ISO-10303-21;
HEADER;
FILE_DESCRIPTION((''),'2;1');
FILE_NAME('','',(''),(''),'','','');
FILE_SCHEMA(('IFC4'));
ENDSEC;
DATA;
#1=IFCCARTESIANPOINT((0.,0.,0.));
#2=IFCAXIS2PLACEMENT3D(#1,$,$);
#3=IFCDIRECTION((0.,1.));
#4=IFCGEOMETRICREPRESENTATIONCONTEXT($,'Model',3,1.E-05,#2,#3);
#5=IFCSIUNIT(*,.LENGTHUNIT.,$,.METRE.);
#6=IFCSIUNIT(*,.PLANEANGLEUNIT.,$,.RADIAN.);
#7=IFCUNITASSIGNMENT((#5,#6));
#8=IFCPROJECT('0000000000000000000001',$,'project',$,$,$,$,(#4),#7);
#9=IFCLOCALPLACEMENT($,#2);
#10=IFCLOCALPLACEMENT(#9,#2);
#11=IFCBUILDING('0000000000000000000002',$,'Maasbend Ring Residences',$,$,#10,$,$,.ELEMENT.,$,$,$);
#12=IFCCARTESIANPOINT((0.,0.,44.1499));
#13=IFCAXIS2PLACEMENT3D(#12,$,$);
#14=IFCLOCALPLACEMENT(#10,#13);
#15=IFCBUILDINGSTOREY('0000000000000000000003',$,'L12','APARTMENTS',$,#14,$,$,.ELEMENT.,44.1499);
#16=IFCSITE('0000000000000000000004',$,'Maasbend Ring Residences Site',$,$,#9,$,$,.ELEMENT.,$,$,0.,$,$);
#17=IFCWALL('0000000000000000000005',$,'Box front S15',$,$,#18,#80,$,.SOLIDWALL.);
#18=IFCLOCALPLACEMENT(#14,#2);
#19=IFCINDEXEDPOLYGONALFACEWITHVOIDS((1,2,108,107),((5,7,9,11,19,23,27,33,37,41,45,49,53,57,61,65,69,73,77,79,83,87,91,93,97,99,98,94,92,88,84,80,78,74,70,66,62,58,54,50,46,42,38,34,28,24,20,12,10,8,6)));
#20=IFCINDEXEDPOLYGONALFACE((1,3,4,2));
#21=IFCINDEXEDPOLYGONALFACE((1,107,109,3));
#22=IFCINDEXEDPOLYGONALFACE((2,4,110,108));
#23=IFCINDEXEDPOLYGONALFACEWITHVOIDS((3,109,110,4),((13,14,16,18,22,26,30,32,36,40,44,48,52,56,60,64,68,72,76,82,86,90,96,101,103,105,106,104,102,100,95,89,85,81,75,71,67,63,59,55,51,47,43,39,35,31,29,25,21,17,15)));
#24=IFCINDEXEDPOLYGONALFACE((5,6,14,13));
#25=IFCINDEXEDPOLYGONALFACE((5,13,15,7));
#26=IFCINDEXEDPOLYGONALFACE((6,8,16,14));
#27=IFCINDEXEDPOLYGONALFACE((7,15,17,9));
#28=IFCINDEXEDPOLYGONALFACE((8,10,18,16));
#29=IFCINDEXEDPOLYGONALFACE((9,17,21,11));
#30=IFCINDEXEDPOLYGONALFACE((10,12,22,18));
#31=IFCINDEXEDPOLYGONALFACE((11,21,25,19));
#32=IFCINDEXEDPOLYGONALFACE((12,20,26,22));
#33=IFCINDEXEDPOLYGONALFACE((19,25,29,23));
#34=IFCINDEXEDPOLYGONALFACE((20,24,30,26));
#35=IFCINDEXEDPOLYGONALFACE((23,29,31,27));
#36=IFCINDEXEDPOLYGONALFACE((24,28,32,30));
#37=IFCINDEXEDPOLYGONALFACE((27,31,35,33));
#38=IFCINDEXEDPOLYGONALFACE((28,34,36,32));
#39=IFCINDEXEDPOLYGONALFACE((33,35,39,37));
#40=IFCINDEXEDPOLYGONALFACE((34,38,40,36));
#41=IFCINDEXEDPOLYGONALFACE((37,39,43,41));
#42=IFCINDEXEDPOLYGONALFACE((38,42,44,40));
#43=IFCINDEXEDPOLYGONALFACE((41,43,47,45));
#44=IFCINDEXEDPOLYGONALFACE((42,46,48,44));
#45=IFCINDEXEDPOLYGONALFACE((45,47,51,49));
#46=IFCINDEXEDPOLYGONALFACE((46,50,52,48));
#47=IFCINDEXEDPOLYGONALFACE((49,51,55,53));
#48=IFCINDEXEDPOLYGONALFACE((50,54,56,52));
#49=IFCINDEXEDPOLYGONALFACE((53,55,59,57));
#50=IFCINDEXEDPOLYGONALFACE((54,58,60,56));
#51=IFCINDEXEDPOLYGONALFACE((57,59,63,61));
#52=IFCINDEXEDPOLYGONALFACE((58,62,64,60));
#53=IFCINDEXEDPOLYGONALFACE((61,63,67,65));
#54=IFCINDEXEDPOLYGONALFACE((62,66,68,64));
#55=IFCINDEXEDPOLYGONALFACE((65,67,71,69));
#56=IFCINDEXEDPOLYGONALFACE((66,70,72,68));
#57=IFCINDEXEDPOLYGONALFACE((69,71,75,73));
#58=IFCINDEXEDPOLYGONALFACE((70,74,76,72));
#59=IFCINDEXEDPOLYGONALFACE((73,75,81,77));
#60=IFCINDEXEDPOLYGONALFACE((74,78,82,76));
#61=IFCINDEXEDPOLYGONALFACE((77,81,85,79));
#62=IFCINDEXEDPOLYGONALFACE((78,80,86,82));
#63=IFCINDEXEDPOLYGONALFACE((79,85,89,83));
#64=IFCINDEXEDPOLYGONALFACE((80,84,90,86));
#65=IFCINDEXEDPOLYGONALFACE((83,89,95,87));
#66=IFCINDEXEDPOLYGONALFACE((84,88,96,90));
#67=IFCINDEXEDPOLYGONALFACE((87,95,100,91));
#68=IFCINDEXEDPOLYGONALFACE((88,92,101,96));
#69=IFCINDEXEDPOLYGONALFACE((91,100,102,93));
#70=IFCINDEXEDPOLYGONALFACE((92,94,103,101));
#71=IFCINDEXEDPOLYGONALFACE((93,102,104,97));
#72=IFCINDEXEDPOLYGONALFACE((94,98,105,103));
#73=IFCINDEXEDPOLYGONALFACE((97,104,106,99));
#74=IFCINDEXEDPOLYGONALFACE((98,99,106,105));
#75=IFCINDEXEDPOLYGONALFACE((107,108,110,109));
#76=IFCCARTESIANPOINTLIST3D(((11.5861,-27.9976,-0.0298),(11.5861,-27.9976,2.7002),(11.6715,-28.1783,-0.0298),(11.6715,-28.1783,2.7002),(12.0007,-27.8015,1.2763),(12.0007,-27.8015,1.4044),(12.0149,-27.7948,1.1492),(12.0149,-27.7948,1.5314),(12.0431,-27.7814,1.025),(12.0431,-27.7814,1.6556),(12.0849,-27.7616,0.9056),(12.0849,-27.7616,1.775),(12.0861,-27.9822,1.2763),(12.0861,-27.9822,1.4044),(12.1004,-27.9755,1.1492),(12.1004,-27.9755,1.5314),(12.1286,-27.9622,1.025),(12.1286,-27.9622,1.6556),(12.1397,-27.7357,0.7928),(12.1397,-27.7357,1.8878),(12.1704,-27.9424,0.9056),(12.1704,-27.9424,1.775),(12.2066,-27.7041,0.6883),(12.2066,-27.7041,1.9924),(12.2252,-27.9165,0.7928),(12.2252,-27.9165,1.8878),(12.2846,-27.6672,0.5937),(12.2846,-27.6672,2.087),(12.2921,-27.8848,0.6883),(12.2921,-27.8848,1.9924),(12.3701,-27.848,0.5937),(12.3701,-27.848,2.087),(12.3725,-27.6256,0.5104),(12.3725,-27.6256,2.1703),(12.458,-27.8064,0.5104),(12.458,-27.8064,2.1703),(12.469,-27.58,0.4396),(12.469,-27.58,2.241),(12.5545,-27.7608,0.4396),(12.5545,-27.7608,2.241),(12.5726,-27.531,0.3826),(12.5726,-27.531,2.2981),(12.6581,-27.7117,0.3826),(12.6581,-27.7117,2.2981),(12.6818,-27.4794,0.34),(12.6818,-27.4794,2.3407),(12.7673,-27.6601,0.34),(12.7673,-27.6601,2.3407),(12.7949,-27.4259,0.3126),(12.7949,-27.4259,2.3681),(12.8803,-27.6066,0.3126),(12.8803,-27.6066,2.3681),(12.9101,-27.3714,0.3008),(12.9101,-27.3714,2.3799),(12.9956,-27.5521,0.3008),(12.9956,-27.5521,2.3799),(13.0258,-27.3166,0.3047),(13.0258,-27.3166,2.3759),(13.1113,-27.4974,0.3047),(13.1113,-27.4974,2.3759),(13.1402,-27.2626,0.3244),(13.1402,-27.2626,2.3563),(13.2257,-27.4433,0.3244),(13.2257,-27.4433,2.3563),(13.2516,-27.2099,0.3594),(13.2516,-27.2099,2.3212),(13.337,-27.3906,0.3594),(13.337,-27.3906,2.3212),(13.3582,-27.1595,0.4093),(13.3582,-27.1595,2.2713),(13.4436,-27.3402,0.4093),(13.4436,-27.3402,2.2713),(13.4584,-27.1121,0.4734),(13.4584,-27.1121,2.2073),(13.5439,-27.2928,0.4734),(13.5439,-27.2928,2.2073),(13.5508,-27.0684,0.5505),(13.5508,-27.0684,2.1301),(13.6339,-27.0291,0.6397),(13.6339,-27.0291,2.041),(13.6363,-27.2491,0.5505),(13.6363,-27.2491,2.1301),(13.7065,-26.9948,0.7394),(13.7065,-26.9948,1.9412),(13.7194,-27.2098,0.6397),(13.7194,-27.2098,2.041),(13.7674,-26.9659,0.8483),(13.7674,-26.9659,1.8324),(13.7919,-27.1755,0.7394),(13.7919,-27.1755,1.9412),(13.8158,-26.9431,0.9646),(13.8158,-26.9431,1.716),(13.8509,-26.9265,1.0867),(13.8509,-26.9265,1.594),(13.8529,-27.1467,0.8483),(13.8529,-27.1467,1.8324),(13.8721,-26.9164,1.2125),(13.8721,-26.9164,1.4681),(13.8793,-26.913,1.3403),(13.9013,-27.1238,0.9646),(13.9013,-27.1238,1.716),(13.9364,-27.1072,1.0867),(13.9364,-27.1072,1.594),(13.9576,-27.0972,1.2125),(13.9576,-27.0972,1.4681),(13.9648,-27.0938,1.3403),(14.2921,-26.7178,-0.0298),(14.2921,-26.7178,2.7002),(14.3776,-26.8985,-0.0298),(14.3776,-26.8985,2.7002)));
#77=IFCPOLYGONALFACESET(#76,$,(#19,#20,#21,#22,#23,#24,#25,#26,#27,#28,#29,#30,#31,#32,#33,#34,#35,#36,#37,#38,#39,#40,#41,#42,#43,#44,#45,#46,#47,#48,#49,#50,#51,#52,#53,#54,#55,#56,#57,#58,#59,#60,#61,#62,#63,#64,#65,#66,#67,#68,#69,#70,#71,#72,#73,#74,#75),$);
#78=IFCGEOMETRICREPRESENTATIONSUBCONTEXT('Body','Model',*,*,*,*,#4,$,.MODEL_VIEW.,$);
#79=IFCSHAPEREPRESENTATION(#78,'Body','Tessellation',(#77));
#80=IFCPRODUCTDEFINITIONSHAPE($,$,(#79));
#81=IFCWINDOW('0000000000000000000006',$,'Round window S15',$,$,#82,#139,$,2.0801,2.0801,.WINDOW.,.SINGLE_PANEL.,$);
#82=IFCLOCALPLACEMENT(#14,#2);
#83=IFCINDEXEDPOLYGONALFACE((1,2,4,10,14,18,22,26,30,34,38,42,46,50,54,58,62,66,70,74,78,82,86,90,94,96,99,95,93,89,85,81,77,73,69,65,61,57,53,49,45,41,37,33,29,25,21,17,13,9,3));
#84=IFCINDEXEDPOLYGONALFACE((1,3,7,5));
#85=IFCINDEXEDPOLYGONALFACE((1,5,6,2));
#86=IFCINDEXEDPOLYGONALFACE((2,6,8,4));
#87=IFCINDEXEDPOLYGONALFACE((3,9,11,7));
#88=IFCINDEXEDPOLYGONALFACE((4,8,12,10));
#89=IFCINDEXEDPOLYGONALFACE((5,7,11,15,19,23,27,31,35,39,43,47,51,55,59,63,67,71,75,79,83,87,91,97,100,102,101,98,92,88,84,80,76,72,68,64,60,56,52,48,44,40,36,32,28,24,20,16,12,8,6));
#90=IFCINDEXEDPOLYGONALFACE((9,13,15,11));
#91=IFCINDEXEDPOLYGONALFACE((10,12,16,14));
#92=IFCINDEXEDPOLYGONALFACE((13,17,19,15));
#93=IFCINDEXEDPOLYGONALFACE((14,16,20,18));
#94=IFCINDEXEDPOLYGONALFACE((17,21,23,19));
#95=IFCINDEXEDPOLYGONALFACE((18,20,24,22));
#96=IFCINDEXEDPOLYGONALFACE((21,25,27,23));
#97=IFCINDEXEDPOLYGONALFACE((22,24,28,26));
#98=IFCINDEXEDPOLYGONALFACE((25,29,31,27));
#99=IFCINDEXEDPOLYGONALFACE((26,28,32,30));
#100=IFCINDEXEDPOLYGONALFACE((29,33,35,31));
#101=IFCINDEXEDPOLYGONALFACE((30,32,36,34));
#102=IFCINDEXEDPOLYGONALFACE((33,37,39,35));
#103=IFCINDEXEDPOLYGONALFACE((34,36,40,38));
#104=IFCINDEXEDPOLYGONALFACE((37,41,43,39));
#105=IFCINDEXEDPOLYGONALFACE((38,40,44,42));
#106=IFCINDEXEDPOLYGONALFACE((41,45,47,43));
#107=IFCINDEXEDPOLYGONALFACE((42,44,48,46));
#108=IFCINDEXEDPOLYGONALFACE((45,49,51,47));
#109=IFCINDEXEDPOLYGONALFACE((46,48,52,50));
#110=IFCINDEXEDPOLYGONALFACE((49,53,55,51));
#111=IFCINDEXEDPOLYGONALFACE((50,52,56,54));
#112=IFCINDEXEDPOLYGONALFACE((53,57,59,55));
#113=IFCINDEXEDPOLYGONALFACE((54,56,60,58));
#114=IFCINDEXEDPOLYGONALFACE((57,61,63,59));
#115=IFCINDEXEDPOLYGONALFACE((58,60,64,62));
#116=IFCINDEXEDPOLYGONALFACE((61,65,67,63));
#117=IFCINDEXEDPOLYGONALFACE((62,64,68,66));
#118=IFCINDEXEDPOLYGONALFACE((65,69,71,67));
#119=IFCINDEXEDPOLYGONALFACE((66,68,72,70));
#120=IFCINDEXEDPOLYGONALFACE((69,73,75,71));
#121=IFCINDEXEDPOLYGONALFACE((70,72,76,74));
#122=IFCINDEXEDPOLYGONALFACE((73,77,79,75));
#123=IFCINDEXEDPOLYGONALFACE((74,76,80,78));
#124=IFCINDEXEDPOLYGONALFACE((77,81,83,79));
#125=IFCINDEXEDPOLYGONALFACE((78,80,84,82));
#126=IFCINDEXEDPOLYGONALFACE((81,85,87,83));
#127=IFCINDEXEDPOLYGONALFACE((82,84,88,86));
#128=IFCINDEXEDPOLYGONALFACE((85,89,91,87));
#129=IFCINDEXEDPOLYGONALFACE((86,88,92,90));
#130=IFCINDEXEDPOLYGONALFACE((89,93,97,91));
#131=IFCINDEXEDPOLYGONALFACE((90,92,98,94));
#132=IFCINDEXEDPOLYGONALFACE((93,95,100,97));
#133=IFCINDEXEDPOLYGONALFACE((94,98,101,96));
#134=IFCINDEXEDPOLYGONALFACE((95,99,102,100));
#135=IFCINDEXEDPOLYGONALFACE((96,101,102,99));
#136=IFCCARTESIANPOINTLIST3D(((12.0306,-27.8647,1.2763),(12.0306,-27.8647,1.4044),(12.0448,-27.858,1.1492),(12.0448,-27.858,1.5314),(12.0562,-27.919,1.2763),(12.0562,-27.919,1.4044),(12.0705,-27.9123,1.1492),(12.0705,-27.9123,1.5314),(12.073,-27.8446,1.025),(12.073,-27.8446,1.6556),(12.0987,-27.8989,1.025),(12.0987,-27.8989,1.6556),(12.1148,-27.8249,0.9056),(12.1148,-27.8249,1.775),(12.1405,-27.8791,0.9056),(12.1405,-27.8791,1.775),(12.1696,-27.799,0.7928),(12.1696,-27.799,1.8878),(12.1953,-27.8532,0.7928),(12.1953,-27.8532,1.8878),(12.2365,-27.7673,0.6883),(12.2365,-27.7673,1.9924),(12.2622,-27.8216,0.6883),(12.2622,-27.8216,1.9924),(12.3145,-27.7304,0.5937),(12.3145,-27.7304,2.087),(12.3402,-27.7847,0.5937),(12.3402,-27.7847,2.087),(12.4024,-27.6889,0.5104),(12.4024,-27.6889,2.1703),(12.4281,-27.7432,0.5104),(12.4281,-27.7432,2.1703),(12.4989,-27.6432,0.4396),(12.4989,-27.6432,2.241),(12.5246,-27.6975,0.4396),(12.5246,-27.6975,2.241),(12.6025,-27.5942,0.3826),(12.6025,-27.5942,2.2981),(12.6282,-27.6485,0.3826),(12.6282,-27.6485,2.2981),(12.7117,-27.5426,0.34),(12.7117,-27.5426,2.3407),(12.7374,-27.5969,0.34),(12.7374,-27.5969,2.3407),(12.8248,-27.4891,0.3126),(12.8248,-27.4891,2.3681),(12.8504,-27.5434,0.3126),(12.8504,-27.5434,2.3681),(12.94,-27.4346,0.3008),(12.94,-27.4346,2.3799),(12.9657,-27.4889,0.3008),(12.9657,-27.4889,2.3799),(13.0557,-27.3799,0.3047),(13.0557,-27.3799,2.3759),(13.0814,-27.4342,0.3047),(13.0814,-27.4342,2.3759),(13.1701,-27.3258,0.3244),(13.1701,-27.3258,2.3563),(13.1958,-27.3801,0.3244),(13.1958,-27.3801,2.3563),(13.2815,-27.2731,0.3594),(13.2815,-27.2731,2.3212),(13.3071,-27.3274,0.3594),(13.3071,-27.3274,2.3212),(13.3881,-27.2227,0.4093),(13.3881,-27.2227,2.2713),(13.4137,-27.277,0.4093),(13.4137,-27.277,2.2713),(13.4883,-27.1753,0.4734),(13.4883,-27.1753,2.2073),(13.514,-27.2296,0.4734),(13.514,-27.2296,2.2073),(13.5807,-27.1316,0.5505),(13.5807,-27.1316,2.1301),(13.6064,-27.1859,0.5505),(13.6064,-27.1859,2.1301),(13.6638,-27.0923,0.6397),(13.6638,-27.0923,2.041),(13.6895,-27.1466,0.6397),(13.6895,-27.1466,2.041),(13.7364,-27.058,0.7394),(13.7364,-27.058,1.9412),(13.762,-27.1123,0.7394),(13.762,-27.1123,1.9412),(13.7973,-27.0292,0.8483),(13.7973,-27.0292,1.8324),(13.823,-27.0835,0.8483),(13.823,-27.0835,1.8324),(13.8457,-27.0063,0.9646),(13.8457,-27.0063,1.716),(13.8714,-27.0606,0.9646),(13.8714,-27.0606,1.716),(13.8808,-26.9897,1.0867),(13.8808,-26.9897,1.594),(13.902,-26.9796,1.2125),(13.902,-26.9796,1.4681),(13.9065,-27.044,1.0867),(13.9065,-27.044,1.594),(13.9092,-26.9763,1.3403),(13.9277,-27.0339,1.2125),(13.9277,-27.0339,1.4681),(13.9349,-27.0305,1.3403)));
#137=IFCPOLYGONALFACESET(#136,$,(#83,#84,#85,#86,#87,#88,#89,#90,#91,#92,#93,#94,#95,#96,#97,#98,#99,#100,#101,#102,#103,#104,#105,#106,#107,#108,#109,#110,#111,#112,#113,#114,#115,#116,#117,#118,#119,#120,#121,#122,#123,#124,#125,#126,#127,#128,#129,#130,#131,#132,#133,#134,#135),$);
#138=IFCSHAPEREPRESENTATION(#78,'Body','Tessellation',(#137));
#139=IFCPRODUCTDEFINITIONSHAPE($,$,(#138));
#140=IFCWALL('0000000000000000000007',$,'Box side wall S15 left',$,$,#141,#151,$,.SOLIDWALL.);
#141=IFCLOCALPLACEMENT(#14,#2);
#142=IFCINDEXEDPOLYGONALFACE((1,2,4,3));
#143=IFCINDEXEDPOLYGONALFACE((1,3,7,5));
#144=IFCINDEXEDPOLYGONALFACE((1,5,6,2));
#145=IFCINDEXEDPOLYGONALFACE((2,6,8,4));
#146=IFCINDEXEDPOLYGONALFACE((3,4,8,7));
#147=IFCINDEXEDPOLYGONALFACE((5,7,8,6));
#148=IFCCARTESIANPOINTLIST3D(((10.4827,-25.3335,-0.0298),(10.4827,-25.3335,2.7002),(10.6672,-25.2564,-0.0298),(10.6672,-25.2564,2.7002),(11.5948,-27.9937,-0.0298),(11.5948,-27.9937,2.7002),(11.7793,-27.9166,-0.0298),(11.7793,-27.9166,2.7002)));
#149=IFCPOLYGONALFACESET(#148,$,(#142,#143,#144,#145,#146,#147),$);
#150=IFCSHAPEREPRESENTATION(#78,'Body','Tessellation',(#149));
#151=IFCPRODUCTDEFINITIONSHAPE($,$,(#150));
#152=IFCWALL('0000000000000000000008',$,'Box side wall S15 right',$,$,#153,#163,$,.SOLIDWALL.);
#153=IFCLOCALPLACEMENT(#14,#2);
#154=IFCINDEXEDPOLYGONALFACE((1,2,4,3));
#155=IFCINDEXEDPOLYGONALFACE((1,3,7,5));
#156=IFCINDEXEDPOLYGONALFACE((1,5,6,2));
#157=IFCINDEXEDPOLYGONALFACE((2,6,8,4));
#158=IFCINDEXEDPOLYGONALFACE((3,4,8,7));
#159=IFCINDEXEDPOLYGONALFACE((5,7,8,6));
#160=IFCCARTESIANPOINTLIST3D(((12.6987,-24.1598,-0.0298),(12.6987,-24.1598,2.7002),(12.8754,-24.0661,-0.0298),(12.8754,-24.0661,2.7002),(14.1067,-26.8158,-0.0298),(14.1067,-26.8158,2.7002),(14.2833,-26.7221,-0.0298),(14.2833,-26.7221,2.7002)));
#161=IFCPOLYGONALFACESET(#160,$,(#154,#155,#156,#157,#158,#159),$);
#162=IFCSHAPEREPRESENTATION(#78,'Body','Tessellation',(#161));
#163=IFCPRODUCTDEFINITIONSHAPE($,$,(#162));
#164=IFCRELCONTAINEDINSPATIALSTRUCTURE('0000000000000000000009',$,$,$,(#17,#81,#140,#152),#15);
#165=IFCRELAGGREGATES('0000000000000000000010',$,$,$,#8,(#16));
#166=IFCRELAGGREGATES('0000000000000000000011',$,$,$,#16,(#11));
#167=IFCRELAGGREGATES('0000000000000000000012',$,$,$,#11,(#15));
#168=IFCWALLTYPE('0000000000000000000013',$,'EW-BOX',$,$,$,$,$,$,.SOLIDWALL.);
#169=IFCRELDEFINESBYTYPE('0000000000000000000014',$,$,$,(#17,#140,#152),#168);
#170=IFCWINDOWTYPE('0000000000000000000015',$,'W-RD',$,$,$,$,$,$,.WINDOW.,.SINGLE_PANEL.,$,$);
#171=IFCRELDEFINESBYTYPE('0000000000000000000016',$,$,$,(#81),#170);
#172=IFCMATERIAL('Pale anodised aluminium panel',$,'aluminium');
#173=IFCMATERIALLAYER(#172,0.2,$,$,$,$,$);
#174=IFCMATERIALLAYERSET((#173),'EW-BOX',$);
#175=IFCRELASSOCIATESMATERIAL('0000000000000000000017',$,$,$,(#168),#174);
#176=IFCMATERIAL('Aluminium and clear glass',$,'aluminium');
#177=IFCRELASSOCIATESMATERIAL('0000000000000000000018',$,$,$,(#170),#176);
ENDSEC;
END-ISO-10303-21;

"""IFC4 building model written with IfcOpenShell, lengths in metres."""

from ifc_helpers import new_model, si_unit, direction, frame, frame_2d, origin, place, context, subcontext, project, spatial, rectangle, circle, extrude, material, layer, layer_set, type_object, element, fill, save


model = new_model("IFC4")

# Units and contexts
model_context = context("Model", 3, precision=1e-05, world=origin(), true_north=direction((0.0, 1.0)))
body_context = subcontext(model_context, "Body", "Model", "MODEL_VIEW")
ifc_project = project(units=[si_unit("LENGTHUNIT", "METRE"), si_unit("PLANEANGLEUNIT", "RADIAN")], contexts=[model_context])

# Site, building, storey
site_placement = place(None, origin())
site = spatial("IfcSite", under=ifc_project, at=site_placement, Name="Maasbend Ring Residences Site", CompositionType="ELEMENT", RefElevation=0.0)
building_placement = place(site_placement, origin())
building = spatial("IfcBuilding", under=site, at=building_placement, Name="Maasbend Ring Residences", CompositionType="ELEMENT")
storey_placement = place(building_placement, frame((0.0, 0.0, 44.1499)))
storey = spatial("IfcBuildingStorey", under=building, at=storey_placement, Name="L12", Description="APARTMENTS", CompositionType="ELEMENT", Elevation=44.1499)

# Wall, opening, window
ifc_material_1 = material(Name="Pale anodised aluminium panel", Category="aluminium")
ifc_layer_1 = layer(ifc_material_1, 0.2)
ifc_layer_set_1 = layer_set([ifc_layer_1], Name="EW-BOX")
wall_type_1 = type_object("IfcWallType", Name="EW-BOX", PredefinedType="SOLIDWALL", material=ifc_layer_set_1)
wall_1_placement = place(storey_placement, frame((11.6289, -28.0879, -0.0298), z_axis=(0.0, 0.0, 1.0), x_axis=(0.904, 0.427532, 0.0)))
wall_1 = element("IfcWall", 1, at=wall_1_placement, inside=storey, type_object=wall_type_1, Name="Box front S15", PredefinedType="SOLIDWALL", context=body_context, shape_type="SweptSolid", body=[
    extrude(rectangle(XDim=2.9934, YDim=0.2, at=frame_2d((1.4966, 0.0))), origin(), (0.0, 0.0, 1.0), 2.73),
])
opening_1_placement = place(wall_1_placement, frame((0.4565, 0.0, 0.3301)))
opening_1 = element("IfcOpeningElement", 2, at=opening_1_placement, cuts=wall_1, PredefinedType="OPENING", context=body_context, shape_type="SweptSolid", body=[
    extrude(circle(Radius=1.04, at=frame_2d((1.04, 1.04))), frame((0.0, 0.1099, 0.0), z_axis=(0.0, -1.0, 0.0), x_axis=(1.0, 0.0, 0.0)), (0.0, 0.0, 1.0), 0.22),
])
ifc_material_2 = material(Name="Aluminium and clear glass", Category="aluminium")
window_type_1 = type_object("IfcWindowType", Name="W-RD", PartitioningType="SINGLE_PANEL", PredefinedType="WINDOW", material=ifc_material_2)
window_1_placement = place(opening_1_placement, origin())
window_1 = element("IfcWindow", 3, at=window_1_placement, inside=storey, type_object=window_type_1, Name="Round window S15", OverallHeight=2.0801, OverallWidth=2.0801, PartitioningType="SINGLE_PANEL", PredefinedType="WINDOW", context=body_context, shape_type="SweptSolid", body=[
    extrude(circle(Radius=1.04, at=frame_2d((1.04, 1.04))), frame((0.0, 0.03, 0.0), z_axis=(0.0, -1.0, 0.0), x_axis=(1.0, 0.0, 0.0)), (0.0, 0.0, 1.0), 0.0601),
])
fill(opening_1, window_1)

# Walls
wall_2_placement = place(storey_placement, frame((10.575, -25.2949, -0.0298), z_axis=(0.0, 0.0, 1.0), x_axis=(0.385697, -0.922625, 0.0)))
element("IfcWall", 4, at=wall_2_placement, inside=storey, type_object=wall_type_1, Name="Box side wall S15 left", PredefinedType="SOLIDWALL", context=body_context, shape_type="SweptSolid", body=[
    extrude(rectangle(XDim=2.8833, YDim=0.2, at=frame_2d((1.4417, 0.0))), origin(), (0.0, 0.0, 1.0), 2.73),
])
wall_3_placement = place(storey_placement, frame((12.7871, -24.113, -0.0298), z_axis=(0.0, 0.0, 1.0), x_axis=(0.468365, -0.883535, 0.0)))
element("IfcWall", 5, at=wall_3_placement, inside=storey, type_object=wall_type_1, Name="Box side wall S15 right", PredefinedType="SOLIDWALL", context=body_context, shape_type="SweptSolid", body=[
    extrude(rectangle(XDim=3.0061, YDim=0.2, at=frame_2d((1.5029, 0.0))), origin(), (0.0, 0.0, 1.0), 2.73),
])

save(model, "model.ifc")
